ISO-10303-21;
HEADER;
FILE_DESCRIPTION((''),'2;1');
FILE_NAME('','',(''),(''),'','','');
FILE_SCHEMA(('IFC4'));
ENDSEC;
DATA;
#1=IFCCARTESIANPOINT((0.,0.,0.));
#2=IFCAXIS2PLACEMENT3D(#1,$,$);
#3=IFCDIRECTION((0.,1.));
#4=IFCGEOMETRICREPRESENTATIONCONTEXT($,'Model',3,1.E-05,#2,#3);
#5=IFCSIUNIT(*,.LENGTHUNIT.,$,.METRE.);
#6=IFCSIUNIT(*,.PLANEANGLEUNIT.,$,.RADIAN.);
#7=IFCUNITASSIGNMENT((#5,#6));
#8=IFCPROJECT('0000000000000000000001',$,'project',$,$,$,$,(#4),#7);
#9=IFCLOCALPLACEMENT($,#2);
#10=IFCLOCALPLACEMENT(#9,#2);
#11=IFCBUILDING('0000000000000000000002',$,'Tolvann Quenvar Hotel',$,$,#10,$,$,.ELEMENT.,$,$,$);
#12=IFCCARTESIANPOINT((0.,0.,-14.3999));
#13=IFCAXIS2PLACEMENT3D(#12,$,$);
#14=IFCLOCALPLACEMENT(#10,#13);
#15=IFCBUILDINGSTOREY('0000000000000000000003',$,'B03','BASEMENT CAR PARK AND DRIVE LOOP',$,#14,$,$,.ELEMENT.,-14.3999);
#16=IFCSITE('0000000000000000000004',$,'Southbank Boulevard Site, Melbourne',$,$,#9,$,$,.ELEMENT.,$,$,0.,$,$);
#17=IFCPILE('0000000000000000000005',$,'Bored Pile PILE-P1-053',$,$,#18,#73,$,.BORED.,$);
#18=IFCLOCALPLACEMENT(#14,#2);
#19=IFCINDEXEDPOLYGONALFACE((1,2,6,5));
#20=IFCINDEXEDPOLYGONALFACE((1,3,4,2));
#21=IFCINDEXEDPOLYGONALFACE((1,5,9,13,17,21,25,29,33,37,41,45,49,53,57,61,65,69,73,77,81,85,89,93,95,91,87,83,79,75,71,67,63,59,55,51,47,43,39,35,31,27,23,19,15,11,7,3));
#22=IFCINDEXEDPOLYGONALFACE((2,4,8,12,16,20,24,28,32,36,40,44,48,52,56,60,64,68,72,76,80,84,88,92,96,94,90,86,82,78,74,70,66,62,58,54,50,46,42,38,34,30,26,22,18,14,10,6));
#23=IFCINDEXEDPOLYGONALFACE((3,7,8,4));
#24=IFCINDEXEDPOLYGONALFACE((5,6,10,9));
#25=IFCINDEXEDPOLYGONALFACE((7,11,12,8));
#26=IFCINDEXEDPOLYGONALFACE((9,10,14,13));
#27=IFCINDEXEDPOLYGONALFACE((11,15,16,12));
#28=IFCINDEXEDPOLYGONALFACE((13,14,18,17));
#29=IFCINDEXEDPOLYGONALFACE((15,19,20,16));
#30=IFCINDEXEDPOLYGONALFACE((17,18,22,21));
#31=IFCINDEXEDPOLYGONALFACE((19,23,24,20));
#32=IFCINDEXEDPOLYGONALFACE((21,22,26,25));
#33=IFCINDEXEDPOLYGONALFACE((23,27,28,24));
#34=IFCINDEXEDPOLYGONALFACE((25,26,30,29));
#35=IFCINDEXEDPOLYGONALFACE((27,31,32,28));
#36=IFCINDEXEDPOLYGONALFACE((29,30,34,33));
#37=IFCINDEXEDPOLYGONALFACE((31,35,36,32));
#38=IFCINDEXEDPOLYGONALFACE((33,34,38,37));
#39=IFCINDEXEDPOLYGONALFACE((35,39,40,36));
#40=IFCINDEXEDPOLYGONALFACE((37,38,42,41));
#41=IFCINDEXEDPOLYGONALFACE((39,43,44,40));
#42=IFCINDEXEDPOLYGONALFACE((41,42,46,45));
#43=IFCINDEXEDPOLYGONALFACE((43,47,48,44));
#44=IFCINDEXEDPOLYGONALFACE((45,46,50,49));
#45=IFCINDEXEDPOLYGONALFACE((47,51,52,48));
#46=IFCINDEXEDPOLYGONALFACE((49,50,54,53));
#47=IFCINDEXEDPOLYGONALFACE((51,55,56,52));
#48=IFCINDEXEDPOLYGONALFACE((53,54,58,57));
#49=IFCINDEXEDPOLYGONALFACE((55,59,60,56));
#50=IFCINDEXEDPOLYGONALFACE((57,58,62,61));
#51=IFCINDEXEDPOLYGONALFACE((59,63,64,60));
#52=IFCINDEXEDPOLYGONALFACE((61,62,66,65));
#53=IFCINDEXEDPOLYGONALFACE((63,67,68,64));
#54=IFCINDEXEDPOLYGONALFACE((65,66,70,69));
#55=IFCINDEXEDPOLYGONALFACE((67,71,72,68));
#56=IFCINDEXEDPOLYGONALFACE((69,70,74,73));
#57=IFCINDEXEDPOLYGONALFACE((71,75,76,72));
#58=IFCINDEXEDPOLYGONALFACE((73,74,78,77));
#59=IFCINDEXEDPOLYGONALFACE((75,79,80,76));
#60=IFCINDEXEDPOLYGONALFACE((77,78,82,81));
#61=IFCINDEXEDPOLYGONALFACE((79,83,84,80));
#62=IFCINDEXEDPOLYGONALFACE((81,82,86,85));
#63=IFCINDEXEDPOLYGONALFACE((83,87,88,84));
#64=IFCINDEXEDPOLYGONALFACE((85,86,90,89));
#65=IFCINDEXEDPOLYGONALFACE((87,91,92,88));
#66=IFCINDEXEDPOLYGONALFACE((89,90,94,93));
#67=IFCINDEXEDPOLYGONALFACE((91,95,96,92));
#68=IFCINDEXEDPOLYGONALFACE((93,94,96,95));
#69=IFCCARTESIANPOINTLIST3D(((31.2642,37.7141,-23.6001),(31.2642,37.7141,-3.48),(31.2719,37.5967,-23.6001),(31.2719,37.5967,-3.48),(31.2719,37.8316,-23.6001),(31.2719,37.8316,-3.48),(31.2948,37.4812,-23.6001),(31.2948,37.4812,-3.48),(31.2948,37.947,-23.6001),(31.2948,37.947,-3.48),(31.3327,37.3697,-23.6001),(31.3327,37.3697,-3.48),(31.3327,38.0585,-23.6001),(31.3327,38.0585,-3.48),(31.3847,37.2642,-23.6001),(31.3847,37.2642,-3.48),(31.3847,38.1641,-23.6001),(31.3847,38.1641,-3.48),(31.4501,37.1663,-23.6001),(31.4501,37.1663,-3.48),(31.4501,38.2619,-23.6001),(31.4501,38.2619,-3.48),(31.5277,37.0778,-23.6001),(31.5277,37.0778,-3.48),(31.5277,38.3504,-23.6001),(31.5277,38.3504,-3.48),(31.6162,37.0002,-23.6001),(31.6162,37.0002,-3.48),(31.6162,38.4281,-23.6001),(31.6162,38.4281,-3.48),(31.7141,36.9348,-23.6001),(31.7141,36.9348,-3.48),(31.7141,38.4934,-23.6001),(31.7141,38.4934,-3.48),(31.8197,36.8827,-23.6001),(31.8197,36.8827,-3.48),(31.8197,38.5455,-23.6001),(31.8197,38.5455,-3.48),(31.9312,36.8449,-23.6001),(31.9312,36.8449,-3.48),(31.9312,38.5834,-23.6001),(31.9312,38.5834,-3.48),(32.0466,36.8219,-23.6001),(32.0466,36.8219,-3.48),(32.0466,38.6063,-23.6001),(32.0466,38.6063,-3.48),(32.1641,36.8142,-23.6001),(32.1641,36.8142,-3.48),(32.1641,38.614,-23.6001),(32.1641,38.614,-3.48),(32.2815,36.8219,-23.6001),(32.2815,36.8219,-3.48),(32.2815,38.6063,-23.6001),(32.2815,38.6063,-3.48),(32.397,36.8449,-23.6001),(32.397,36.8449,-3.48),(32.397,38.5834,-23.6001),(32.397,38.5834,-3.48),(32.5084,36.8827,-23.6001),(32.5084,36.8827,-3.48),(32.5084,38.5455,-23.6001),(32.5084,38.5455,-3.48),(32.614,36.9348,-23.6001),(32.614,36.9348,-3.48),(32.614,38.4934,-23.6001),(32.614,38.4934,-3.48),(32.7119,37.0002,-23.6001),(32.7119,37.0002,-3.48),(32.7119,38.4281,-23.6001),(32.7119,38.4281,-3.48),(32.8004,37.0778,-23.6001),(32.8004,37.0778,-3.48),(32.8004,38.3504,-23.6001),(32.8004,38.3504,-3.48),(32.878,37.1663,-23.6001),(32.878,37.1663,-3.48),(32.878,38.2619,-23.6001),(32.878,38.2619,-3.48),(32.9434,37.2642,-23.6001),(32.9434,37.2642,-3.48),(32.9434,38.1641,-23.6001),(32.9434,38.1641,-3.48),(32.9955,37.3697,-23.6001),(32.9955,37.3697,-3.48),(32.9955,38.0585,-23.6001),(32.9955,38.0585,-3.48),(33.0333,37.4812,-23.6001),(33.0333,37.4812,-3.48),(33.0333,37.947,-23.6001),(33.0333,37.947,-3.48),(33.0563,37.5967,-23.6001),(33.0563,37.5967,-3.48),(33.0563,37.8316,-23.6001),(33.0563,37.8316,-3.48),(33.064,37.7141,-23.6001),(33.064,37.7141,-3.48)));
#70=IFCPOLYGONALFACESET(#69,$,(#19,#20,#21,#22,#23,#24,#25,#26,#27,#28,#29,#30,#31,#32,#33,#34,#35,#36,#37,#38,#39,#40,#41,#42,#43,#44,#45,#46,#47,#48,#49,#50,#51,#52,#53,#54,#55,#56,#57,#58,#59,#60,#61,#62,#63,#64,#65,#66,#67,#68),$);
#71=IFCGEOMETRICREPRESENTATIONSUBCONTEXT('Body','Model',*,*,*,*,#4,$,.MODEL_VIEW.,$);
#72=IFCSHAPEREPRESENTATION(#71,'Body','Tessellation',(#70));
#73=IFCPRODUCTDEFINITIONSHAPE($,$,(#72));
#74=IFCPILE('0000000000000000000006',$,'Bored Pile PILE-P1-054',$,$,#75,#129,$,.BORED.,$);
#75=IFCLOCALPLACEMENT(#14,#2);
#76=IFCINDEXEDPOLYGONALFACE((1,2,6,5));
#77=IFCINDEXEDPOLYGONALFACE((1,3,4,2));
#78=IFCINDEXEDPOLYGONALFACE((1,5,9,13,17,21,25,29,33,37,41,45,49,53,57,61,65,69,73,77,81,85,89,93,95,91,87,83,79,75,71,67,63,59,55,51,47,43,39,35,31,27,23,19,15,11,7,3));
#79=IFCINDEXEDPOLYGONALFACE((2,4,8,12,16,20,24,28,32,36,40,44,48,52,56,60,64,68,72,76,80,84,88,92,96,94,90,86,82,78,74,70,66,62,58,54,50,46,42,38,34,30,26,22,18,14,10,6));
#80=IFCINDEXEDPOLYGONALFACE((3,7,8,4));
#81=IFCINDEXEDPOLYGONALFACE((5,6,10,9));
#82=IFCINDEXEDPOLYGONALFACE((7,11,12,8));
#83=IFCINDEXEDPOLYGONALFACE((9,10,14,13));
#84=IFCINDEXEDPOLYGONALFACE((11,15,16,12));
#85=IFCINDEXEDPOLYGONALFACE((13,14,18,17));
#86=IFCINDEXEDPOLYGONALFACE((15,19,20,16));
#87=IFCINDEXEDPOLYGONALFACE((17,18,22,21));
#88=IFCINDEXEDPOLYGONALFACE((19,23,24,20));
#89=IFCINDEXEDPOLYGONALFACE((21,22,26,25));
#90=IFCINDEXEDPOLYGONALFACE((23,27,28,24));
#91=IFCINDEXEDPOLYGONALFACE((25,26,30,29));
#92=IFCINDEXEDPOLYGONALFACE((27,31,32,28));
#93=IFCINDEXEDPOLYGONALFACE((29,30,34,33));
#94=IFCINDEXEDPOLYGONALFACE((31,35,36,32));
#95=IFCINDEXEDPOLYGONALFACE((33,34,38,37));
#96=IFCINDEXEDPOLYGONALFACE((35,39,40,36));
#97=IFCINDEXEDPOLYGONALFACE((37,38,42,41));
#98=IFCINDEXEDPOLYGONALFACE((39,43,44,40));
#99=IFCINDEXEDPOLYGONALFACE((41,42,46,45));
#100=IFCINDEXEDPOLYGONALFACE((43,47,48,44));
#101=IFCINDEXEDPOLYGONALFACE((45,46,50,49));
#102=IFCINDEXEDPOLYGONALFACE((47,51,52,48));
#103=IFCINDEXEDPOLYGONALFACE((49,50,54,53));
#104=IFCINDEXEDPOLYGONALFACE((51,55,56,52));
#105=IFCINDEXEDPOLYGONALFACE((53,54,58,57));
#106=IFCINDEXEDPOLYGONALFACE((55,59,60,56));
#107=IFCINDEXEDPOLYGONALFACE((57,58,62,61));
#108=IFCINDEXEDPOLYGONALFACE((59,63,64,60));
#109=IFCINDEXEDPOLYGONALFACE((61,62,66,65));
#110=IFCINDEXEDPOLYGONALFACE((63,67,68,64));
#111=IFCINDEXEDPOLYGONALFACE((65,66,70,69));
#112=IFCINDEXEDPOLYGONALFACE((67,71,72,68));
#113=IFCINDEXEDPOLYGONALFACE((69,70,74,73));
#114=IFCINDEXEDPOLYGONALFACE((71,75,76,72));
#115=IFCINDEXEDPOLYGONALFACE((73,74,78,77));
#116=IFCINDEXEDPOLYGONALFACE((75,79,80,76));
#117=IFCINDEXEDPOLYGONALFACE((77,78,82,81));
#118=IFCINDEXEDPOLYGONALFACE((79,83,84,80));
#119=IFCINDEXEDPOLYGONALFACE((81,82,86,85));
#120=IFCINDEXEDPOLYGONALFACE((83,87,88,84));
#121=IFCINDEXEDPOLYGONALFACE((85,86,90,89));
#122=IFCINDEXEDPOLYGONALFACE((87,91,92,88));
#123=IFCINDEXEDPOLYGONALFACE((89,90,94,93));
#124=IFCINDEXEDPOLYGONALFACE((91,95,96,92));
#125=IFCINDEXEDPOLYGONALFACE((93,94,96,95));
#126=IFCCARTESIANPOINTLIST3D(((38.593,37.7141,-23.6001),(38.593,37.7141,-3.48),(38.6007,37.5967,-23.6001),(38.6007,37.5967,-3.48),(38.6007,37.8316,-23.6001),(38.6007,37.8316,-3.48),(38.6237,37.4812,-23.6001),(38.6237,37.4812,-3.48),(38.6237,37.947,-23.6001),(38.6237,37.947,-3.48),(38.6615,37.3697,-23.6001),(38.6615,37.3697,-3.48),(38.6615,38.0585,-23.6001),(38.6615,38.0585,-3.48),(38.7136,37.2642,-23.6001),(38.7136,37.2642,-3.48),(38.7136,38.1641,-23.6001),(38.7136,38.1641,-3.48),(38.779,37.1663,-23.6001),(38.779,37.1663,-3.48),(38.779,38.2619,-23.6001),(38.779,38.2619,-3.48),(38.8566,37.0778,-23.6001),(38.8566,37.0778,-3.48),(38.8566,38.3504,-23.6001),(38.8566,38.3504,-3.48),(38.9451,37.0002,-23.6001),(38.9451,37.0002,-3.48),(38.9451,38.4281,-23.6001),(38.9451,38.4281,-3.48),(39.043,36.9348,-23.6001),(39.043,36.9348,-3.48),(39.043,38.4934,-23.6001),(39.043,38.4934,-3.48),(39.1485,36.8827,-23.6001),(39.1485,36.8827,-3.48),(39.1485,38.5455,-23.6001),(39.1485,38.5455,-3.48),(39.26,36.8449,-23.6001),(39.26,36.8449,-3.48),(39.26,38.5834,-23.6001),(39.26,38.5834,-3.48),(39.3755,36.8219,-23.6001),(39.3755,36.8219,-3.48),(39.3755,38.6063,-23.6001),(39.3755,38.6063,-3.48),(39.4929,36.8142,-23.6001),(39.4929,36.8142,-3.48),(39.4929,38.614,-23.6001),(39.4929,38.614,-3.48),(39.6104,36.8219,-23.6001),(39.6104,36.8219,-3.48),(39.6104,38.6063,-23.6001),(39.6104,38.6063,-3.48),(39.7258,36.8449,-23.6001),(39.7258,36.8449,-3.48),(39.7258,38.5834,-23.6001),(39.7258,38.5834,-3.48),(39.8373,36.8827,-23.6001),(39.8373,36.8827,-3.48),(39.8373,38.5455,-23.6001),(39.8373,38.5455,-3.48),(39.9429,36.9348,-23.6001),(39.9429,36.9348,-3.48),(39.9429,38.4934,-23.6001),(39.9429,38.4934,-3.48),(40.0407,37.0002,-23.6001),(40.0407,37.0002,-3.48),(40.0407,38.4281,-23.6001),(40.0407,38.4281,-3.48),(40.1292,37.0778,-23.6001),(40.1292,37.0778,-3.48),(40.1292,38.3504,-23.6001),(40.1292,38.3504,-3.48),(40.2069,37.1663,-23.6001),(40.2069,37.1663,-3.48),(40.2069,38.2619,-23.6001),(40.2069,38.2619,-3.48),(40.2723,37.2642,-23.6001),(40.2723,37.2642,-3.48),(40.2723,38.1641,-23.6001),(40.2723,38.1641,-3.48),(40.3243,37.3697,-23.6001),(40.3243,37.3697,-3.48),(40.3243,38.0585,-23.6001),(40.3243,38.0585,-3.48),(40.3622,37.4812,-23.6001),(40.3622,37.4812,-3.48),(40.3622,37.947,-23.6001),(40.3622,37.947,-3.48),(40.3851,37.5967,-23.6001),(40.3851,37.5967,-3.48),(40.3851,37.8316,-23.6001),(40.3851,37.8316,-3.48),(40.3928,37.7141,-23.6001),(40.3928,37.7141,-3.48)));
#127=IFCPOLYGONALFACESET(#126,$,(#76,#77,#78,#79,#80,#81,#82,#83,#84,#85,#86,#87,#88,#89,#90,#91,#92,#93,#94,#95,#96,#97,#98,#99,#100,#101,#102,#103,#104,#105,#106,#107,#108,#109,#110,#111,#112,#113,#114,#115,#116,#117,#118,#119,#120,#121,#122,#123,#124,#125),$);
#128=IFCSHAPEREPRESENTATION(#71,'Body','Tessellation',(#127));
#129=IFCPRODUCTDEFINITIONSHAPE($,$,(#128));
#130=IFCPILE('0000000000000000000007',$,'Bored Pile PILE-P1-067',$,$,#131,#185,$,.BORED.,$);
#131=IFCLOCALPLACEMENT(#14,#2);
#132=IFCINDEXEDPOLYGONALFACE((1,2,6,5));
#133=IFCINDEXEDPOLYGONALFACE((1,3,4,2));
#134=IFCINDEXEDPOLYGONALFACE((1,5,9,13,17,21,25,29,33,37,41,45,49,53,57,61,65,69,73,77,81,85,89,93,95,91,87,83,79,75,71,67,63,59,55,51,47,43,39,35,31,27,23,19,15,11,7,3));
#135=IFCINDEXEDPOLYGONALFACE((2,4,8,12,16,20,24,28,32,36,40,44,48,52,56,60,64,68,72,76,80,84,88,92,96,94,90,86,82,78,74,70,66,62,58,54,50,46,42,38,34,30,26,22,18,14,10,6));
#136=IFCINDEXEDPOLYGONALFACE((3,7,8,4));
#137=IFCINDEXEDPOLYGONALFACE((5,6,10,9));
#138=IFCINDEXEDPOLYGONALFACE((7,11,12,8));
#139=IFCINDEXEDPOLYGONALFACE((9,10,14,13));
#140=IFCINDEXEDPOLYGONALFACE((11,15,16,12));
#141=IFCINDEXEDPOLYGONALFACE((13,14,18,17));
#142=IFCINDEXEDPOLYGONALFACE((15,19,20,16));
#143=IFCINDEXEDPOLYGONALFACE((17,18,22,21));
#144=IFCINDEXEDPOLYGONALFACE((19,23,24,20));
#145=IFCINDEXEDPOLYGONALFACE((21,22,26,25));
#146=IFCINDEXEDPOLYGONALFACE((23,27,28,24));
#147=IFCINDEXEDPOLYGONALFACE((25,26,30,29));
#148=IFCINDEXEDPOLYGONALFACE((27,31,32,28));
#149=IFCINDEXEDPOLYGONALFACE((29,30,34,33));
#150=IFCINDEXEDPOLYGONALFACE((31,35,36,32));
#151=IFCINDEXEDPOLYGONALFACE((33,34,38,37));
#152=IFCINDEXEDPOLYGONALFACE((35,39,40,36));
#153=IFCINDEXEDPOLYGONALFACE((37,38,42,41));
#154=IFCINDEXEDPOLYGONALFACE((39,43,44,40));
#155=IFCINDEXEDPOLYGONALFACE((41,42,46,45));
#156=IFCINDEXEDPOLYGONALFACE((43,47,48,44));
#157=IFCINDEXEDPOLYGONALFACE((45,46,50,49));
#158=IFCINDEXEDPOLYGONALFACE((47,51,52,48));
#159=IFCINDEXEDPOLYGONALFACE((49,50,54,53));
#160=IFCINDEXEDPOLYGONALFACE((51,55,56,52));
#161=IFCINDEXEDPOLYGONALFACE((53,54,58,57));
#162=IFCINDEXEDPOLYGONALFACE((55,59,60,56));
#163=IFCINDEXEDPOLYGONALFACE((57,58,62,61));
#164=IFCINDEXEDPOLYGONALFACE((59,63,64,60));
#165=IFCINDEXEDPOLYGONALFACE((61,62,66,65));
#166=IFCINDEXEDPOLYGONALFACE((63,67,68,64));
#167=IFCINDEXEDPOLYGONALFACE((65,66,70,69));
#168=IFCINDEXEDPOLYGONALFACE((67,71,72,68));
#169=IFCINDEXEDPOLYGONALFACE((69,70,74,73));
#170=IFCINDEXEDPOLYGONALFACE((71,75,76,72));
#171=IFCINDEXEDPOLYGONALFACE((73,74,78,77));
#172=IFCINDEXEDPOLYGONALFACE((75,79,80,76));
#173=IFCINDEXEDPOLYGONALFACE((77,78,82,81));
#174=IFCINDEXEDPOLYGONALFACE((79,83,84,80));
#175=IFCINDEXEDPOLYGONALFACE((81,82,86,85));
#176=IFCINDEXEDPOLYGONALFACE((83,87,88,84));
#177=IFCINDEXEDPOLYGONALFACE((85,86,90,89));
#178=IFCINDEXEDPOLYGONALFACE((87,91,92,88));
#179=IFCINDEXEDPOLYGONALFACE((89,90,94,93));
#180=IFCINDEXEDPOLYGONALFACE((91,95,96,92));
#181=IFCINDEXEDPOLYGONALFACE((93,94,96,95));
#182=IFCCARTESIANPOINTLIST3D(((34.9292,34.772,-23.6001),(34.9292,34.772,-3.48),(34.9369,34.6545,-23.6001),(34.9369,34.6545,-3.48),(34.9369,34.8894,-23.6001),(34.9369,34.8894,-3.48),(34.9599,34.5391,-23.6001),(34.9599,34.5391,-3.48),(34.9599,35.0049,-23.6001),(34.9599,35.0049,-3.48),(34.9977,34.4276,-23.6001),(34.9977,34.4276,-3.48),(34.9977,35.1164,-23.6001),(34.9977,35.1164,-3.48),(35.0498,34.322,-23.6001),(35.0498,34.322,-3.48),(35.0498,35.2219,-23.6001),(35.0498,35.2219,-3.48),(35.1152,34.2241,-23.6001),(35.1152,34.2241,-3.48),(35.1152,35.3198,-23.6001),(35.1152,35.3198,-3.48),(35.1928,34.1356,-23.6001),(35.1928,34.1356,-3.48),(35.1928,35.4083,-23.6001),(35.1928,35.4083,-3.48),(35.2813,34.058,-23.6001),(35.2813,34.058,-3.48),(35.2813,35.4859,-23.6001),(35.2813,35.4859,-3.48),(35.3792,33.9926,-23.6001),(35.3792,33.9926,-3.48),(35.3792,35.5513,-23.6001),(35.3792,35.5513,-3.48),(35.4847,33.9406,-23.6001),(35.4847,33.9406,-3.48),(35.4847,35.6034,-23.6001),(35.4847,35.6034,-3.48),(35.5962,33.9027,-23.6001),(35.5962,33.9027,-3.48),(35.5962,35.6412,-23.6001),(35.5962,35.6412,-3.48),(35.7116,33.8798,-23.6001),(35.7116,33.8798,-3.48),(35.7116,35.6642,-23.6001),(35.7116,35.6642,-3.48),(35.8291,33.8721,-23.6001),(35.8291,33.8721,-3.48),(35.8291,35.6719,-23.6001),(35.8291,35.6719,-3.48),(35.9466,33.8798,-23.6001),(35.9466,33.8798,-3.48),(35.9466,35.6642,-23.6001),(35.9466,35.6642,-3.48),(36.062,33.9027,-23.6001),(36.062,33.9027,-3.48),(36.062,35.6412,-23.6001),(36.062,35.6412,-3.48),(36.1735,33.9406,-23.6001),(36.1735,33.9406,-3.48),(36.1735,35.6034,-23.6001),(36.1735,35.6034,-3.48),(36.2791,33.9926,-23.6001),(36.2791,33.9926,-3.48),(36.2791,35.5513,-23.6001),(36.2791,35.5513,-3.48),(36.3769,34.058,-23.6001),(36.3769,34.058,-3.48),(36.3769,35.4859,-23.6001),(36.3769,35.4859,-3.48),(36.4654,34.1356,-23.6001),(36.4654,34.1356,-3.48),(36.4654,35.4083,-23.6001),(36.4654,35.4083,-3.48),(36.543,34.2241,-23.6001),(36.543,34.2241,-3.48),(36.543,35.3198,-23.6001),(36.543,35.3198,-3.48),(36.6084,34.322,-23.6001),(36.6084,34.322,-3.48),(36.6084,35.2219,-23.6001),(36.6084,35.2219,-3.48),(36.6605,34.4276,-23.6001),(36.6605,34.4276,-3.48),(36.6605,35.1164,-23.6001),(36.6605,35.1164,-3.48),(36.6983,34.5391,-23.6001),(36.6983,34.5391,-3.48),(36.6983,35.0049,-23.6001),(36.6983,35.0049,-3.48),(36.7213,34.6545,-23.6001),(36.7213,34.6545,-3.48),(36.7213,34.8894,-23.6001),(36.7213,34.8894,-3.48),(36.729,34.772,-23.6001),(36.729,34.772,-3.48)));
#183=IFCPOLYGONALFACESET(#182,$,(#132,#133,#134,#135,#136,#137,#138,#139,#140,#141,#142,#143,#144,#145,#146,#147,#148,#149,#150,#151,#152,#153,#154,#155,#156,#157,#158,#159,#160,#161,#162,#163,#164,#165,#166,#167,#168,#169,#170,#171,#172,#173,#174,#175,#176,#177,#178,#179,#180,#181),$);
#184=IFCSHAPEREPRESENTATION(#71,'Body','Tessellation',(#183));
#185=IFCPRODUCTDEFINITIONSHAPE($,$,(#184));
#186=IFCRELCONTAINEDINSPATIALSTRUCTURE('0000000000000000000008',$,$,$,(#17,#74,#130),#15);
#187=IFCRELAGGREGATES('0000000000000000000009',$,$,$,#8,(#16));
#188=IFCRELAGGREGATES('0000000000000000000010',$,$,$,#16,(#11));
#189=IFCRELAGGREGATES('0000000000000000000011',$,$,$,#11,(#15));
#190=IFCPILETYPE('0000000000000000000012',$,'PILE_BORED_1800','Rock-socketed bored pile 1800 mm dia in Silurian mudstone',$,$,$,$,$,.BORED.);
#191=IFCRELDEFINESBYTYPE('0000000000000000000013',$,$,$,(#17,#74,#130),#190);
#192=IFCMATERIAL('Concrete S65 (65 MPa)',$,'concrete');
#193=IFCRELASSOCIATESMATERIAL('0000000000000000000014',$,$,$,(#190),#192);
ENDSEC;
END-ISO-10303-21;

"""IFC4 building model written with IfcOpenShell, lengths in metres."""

from ifc_helpers import new_model, si_unit, direction, frame, origin, origin_2d, place, context, subcontext, project, spatial, circle, extrude, material, material_profile, profile_set, type_object, element, save


model = new_model("IFC4")

# Units and contexts
model_context = context("Model", 3, precision=1e-05, world=origin(), true_north=direction((0.0, 1.0)))
body_context = subcontext(model_context, "Body", "Model", "MODEL_VIEW")
ifc_project = project(units=[si_unit("LENGTHUNIT", "METRE"), si_unit("PLANEANGLEUNIT", "RADIAN")], contexts=[model_context])

# Site, building, storey
site_placement = place(None, origin())
site = spatial("IfcSite", under=ifc_project, at=site_placement, Name="Southbank Boulevard Site, Melbourne", CompositionType="ELEMENT", RefElevation=0.0)
building_placement = place(site_placement, origin())
building = spatial("IfcBuilding", under=site, at=building_placement, Name="Tolvann Quenvar Hotel", CompositionType="ELEMENT")
storey_placement = place(building_placement, frame((0.0, 0.0, -14.3999)))
storey = spatial("IfcBuildingStorey", under=building, at=storey_placement, Name="B03", Description="BASEMENT CAR PARK AND DRIVE LOOP", CompositionType="ELEMENT", Elevation=-14.3999)

# Piles
ifc_material_1 = material(Name="Concrete S65 (65 MPa)", Category="concrete")
ifc_material_profile_1 = material_profile(ifc_material_1, circle(Radius=0.8999, at=origin_2d()), Name="PILE1800")
ifc_profile_set_1 = profile_set([ifc_material_profile_1], Name="Concrete S65 (65 MPa)")
pile_type = type_object("IfcPileType", Name="PILE_BORED_1800", Description="Rock-socketed bored pile 1800 mm dia in Silurian mudstone", PredefinedType="BORED", material=ifc_profile_set_1)
for number, where, z_axis, x_axis, name in (
    (1, (32.1641, 37.7141, -3.48), (0.0, 0.0, -1.0), (1.0, 0.0, 0.0), "Bored Pile PILE-P1-053"),
    (2, (39.4929, 37.7141, -3.48), (0.0, 0.0, -1.0), (1.0, 0.0, 0.0), "Bored Pile PILE-P1-054"),
    (3, (35.8291, 34.772, -3.48), (0.0, 0.0, -1.0), (1.0, 0.0, 0.0), "Bored Pile PILE-P1-067"),
):
    element("IfcPile", number, at=place(storey_placement, frame(where, z_axis=z_axis, x_axis=x_axis)), inside=storey, type_object=pile_type, Name=name, PredefinedType="BORED", context=body_context, shape_type="SweptSolid", body=[
        extrude(circle(Radius=0.8999, at=origin_2d()), origin(), (0.0, 0.0, 1.0), 20.1201),
    ])

save(model, "model.ifc")
